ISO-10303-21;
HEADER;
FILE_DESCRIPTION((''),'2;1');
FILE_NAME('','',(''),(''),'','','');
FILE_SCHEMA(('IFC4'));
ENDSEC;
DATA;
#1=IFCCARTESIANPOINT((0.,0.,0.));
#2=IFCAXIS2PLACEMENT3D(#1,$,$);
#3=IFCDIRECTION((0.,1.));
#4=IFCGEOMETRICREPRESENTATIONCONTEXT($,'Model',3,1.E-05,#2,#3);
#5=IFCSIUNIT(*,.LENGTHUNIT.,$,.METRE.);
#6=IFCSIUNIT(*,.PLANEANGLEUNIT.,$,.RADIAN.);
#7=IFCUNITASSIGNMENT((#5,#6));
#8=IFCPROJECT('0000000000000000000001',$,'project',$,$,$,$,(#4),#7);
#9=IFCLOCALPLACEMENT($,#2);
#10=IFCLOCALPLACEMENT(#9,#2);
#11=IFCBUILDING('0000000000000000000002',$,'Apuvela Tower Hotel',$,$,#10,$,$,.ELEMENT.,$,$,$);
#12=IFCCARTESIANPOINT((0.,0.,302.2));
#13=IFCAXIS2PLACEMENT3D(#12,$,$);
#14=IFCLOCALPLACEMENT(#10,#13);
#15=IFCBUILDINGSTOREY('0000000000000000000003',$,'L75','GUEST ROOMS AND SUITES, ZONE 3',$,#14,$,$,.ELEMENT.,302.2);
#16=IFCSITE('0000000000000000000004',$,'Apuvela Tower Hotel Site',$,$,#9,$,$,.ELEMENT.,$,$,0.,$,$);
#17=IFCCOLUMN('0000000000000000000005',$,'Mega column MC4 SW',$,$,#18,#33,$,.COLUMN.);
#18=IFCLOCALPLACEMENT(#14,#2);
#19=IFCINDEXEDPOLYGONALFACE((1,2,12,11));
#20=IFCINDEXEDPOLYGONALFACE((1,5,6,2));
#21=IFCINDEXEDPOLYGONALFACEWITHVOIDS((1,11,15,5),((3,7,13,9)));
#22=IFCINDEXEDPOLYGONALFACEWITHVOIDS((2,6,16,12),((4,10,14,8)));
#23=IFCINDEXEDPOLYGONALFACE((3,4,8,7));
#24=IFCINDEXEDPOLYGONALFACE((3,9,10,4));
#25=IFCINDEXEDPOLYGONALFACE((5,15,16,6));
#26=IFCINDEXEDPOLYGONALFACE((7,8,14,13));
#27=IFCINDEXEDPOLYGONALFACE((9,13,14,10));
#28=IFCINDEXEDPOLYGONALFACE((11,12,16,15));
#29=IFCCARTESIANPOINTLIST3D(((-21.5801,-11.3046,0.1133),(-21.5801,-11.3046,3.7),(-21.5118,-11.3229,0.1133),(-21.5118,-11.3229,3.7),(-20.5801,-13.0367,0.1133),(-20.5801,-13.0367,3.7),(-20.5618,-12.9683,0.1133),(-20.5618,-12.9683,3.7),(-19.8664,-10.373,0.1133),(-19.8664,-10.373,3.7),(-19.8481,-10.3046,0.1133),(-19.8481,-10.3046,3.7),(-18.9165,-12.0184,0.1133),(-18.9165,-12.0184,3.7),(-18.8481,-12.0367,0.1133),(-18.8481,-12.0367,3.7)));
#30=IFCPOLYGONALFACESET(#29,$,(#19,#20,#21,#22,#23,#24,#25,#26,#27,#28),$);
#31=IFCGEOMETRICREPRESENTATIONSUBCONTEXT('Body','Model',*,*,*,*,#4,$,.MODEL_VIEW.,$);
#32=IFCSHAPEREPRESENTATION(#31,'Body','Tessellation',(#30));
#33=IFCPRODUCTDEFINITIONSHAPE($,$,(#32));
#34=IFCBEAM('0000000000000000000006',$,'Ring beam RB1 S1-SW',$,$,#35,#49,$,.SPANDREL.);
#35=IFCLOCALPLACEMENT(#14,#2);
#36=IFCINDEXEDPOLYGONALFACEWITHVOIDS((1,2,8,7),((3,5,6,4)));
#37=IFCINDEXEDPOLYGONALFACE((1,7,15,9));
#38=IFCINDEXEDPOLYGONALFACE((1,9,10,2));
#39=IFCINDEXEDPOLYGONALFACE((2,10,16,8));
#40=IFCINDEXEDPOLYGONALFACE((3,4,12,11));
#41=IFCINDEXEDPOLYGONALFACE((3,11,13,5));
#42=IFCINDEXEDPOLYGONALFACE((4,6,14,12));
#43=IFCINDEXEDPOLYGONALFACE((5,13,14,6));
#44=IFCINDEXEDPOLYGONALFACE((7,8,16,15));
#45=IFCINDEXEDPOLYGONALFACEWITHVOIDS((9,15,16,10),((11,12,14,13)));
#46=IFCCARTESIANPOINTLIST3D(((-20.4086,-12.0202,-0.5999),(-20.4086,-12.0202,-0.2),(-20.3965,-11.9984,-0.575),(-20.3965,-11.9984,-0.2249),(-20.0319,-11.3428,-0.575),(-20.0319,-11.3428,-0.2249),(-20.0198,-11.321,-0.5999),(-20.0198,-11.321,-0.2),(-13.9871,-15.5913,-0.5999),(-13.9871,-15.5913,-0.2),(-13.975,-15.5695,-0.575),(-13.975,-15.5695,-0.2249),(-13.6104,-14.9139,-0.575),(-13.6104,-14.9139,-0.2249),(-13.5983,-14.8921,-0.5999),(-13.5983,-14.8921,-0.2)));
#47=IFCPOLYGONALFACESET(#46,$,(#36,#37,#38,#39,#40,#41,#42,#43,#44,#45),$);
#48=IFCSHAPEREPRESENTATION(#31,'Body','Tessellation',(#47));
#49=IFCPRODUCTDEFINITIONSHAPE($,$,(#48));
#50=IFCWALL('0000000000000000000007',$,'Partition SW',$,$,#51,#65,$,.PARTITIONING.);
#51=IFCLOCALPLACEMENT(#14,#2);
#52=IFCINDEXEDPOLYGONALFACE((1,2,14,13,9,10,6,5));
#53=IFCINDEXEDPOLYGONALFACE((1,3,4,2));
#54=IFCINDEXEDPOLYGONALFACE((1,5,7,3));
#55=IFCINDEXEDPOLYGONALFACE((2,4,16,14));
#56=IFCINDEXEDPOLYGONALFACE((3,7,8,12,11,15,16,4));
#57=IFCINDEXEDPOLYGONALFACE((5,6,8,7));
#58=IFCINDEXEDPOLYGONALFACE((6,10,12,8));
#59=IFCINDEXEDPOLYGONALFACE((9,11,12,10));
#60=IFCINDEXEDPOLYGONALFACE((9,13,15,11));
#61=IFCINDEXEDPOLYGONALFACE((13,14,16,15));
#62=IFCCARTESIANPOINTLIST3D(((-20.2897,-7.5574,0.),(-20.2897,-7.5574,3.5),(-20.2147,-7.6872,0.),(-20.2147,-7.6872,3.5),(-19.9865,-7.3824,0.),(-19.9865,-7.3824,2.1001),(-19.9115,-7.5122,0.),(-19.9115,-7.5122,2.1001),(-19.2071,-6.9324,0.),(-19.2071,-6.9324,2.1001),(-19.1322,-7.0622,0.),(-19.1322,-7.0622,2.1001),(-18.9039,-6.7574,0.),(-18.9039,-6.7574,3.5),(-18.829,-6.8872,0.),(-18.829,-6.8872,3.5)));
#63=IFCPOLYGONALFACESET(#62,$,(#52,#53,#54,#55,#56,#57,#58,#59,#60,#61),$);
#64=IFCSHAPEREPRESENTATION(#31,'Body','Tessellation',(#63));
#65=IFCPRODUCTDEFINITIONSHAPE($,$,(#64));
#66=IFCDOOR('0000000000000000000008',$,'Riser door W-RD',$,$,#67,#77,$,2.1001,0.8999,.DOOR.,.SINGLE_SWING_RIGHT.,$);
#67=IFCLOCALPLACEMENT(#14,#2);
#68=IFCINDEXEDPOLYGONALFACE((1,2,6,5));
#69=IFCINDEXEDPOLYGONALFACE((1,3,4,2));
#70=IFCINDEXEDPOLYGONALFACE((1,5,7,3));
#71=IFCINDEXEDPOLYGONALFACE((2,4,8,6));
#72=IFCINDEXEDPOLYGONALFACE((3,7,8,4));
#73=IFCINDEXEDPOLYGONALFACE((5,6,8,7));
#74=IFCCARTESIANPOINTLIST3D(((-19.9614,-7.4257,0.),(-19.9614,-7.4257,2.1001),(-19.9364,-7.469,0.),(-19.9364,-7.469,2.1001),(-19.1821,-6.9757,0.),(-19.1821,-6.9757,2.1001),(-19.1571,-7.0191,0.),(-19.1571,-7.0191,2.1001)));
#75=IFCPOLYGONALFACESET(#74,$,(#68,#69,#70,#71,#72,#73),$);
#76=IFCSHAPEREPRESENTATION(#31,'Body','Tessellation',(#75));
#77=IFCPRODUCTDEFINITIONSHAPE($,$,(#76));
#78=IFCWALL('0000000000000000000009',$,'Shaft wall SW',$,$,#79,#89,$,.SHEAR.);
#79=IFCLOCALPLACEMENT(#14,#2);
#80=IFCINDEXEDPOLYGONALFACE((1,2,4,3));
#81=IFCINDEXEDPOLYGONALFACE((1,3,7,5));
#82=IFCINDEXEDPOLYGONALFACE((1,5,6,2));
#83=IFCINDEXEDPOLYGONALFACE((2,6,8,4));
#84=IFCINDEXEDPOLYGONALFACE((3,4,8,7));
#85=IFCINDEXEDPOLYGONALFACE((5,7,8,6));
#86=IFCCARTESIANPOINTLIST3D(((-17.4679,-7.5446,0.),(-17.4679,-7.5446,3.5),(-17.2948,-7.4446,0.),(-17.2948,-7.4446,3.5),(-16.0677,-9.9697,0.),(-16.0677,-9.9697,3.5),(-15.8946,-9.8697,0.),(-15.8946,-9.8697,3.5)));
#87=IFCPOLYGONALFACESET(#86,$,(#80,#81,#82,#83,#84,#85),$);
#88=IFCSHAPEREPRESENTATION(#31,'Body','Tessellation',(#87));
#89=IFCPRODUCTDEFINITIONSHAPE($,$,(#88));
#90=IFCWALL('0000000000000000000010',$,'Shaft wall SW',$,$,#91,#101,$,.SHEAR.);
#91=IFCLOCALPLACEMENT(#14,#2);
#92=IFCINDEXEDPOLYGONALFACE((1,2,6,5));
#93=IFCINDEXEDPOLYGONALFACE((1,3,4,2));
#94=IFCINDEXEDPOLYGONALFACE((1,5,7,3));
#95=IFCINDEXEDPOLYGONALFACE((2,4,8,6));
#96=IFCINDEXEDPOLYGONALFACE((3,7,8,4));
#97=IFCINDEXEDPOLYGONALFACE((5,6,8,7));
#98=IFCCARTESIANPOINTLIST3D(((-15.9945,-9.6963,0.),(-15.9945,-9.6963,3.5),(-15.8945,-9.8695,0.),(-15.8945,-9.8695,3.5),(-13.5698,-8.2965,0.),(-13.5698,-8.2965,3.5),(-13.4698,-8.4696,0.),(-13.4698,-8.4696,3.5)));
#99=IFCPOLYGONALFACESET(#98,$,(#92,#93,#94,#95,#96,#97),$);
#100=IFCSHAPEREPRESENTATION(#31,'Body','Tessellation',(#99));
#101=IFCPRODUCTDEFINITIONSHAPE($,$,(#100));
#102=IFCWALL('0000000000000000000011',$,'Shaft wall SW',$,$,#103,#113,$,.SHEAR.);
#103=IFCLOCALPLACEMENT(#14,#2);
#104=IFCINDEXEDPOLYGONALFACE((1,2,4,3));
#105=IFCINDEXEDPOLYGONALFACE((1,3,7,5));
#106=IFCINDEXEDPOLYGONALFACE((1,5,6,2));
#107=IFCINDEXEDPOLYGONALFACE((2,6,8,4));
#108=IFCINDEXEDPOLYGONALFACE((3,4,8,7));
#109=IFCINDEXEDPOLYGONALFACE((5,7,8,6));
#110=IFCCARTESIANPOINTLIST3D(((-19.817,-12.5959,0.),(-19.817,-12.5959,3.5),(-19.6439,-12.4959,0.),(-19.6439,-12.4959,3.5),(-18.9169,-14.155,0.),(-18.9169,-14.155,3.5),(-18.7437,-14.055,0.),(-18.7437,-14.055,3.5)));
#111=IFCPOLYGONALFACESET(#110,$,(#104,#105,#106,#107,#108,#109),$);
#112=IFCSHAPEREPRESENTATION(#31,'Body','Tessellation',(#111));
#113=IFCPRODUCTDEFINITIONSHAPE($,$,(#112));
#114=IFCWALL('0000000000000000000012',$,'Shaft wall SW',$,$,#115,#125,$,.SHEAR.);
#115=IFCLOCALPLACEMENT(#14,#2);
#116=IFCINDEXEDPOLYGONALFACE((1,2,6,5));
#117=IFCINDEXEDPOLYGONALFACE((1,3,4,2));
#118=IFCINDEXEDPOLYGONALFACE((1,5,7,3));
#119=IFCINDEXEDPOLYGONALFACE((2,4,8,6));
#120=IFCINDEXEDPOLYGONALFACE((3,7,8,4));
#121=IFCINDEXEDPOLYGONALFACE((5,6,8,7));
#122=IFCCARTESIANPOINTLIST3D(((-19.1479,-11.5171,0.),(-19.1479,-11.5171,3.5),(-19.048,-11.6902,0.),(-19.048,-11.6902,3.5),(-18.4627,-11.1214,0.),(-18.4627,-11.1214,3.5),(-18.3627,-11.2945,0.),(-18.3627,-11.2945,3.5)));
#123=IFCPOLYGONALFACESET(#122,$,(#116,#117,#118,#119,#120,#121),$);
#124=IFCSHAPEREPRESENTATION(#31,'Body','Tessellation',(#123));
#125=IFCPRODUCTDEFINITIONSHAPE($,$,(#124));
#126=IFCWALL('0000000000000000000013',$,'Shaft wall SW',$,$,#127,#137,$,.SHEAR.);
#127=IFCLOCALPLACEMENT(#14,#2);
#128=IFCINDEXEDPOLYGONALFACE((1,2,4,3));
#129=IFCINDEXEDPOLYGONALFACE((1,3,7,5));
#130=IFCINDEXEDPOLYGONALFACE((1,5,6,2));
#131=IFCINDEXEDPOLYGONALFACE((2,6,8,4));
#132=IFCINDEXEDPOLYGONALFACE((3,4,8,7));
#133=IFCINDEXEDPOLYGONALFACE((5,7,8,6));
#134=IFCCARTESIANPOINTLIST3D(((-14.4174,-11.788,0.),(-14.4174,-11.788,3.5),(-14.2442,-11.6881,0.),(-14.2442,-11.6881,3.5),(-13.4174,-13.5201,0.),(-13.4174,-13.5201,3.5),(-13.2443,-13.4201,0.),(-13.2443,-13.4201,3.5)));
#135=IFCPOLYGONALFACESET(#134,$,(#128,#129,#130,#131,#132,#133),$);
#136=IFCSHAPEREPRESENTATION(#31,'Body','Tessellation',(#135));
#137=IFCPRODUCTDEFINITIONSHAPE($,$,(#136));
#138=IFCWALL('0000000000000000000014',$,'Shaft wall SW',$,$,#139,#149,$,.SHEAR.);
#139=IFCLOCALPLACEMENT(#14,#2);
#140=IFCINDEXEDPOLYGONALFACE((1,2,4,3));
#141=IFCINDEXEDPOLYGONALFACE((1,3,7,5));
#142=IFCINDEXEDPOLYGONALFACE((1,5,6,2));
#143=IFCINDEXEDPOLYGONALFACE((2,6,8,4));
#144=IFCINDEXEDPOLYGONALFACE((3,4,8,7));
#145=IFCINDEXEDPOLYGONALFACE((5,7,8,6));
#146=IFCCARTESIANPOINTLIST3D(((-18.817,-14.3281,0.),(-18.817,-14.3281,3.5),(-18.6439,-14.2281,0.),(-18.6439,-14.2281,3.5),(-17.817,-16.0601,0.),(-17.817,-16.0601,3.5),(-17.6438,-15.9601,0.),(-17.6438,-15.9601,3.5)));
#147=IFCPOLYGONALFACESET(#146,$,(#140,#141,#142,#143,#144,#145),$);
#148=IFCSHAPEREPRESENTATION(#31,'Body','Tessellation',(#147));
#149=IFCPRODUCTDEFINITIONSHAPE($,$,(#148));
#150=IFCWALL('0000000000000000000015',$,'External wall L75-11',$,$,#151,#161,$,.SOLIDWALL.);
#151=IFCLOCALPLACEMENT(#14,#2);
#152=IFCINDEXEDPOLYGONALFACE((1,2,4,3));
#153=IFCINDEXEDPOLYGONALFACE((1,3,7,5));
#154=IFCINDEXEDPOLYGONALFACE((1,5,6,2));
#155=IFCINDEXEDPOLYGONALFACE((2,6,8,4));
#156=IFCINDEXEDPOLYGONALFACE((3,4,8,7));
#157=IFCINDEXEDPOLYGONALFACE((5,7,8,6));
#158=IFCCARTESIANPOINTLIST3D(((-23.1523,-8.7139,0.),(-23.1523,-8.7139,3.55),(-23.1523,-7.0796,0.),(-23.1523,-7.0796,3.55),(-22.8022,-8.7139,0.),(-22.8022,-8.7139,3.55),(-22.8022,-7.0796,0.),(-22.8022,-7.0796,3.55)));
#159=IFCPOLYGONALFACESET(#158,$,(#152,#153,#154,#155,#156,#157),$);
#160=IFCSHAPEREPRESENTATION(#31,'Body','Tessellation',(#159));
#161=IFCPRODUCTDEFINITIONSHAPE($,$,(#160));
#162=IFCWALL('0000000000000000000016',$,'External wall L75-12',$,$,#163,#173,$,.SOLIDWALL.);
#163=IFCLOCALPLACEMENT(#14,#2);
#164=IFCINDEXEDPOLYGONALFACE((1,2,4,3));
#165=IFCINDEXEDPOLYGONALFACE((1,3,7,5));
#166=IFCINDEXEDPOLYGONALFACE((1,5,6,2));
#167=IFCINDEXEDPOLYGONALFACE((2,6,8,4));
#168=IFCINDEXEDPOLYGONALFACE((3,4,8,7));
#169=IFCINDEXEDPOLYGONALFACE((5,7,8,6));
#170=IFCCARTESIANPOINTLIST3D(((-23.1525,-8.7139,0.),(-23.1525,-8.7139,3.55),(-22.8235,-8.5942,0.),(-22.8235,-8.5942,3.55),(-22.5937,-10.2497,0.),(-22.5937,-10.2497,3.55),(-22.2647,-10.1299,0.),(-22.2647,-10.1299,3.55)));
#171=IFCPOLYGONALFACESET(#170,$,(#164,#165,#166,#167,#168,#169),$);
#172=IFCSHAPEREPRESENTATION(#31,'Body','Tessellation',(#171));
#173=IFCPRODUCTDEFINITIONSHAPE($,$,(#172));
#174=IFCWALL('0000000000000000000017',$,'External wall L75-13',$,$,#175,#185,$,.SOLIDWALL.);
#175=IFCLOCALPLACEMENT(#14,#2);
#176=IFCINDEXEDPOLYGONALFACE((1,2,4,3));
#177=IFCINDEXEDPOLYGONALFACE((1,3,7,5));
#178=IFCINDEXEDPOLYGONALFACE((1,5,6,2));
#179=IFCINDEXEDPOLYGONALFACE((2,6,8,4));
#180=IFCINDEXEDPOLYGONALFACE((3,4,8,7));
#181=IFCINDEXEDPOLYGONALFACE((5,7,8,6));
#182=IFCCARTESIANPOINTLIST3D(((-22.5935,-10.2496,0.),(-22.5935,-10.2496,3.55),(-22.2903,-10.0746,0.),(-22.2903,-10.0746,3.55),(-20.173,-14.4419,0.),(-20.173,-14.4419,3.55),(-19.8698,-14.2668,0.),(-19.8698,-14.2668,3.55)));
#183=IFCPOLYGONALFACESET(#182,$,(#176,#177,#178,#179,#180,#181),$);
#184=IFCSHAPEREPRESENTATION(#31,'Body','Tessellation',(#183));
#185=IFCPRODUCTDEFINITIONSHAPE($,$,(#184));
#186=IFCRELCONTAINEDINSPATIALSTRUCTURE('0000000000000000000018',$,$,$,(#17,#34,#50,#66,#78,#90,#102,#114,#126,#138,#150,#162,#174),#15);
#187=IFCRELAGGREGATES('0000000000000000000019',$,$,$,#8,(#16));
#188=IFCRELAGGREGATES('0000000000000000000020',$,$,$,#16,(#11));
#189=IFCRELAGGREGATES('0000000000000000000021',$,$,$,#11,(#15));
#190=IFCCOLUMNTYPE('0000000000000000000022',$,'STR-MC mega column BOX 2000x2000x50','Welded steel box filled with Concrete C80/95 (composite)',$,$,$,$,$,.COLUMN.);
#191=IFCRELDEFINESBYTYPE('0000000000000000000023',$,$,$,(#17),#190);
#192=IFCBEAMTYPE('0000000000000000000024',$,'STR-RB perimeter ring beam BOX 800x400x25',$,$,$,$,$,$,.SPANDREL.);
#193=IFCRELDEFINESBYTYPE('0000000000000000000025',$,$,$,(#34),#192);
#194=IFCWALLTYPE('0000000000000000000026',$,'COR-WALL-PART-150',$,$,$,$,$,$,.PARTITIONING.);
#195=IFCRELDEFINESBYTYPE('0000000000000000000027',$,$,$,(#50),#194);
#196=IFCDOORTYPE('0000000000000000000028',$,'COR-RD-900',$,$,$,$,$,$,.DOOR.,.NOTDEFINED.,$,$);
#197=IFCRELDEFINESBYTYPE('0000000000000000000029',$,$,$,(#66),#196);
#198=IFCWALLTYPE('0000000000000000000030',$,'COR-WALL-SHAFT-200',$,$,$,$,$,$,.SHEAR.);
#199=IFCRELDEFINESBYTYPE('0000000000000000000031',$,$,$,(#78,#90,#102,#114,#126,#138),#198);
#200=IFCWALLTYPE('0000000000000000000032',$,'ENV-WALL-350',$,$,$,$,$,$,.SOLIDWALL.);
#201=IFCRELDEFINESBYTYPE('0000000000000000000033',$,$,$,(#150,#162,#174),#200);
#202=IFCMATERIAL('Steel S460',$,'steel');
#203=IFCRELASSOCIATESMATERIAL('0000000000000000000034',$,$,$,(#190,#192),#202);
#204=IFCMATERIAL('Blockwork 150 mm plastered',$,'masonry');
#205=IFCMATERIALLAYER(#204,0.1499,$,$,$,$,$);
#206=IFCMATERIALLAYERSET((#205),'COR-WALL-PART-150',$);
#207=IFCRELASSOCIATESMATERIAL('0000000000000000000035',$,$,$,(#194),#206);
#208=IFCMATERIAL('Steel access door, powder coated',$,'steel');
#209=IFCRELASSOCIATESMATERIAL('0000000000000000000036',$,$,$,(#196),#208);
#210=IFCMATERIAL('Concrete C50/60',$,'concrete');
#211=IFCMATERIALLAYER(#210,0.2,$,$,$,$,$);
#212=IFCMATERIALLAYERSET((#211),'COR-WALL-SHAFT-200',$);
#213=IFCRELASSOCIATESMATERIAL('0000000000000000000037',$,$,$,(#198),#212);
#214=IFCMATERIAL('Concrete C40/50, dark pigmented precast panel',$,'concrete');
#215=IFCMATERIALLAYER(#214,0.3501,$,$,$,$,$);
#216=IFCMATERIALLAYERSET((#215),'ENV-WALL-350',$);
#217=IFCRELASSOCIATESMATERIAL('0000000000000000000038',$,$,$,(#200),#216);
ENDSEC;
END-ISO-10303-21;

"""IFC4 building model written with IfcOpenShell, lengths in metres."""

from ifc_helpers import new_model, si_unit, direction, frame, frame_2d, origin, origin_2d, place, context, subcontext, project, spatial, rectangle, hollow_rectangle, extrude, boolean, halfspace, material, layer, layer_set, material_profile, profile_set, type_object, element, fill, save


model = new_model("IFC4")

# Units and contexts
model_context = context("Model", 3, precision=1e-05, world=origin(), true_north=direction((0.0, 1.0)))
body_context = subcontext(model_context, "Body", "Model", "MODEL_VIEW")
ifc_project = project(units=[si_unit("LENGTHUNIT", "METRE"), si_unit("PLANEANGLEUNIT", "RADIAN")], contexts=[model_context])

# Site, building, storey
site_placement = place(None, origin())
site = spatial("IfcSite", under=ifc_project, at=site_placement, Name="Apuvela Tower Hotel Site", CompositionType="ELEMENT", RefElevation=0.0)
building_placement = place(site_placement, origin())
building = spatial("IfcBuilding", under=site, at=building_placement, Name="Apuvela Tower Hotel", CompositionType="ELEMENT")
storey_placement = place(building_placement, frame((0.0, 0.0, 302.2)))
storey = spatial("IfcBuildingStorey", under=building, at=storey_placement, Name="L75", Description="GUEST ROOMS AND SUITES, ZONE 3", CompositionType="ELEMENT", Elevation=302.2)

# Column
ifc_material_1 = material(Name="Steel S460", Category="steel")
ifc_material_profile_1 = material_profile(ifc_material_1, hollow_rectangle(XDim=2.0, YDim=2.0, WallThickness=0.05, at=origin_2d()), Name="BOX 2000x2000x50")
ifc_material_2 = material(Name="Concrete C80/95", Category="concrete")
ifc_material_profile_2 = material_profile(ifc_material_2, rectangle(XDim=1.8999, YDim=1.8999, at=origin_2d()), Name="Concrete C80/95 infill")
ifc_profile_set_1 = profile_set([ifc_material_profile_1, ifc_material_profile_2], Name="Steel S460")
column_type = type_object("IfcColumnType", Name="STR-MC mega column BOX 2000x2000x50", Description="Welded steel box filled with Concrete C80/95 (composite)", PredefinedType="COLUMN", material=ifc_profile_set_1)
column_placement = place(storey_placement, frame((-20.2141, -11.6707, 0.0), z_axis=(0.0, 0.0, 1.0), x_axis=(-0.5, 0.866025, 0.0)))
element("IfcColumn", 1, at=column_placement, inside=storey, type_object=column_type, Name="Mega column MC4 SW", PredefinedType="COLUMN", context=body_context, shape_type="SweptSolid", body=[
    boolean("DIFFERENCE", extrude(hollow_rectangle(XDim=2.0, YDim=2.0, WallThickness=0.05, at=origin_2d()), origin(), (0.0, 0.0, 1.0), 3.7), halfspace(frame((0.0, 0.0, 0.1133), z_axis=(0.0, 0.0, 1.0), x_axis=(1.0, 0.0, 0.0)), True)),
])

# Beam
ifc_material_profile_3 = material_profile(ifc_material_1, hollow_rectangle(XDim=0.8, YDim=0.3999, WallThickness=0.0249, at=origin_2d()), Name="BOX 800x400x25")
ifc_profile_set_2 = profile_set([ifc_material_profile_3], Name="Steel S460")
beam_type = type_object("IfcBeamType", Name="STR-RB perimeter ring beam BOX 800x400x25", PredefinedType="SPANDREL", material=ifc_profile_set_2)
beam_placement = place(storey_placement, frame((-13.7927, -15.2417, -0.3999), z_axis=(-0.873949, 0.486018, 0.0), x_axis=(-0.486018, -0.873949, 0.0)))
element("IfcBeam", 2, at=beam_placement, inside=storey, type_object=beam_type, Name="Ring beam RB1 S1-SW", PredefinedType="SPANDREL", context=body_context, shape_type="SweptSolid", body=[
    extrude(hollow_rectangle(XDim=0.8, YDim=0.3999, WallThickness=0.0249, at=origin_2d()), origin(), (0.0, 0.0, 1.0), 7.3477),
])

# Wall, opening, door
ifc_material_3 = material(Name="Blockwork 150 mm plastered", Category="masonry")
ifc_layer_1 = layer(ifc_material_3, 0.1499)
ifc_layer_set_1 = layer_set([ifc_layer_1], Name="COR-WALL-PART-150")
wall_type_1 = type_object("IfcWallType", Name="COR-WALL-PART-150", PredefinedType="PARTITIONING", material=ifc_layer_set_1)
wall_1_placement = place(storey_placement, frame((-18.8665, -6.8223, 0.0), z_axis=(0.0, 0.0, 1.0), x_axis=(-0.866028, -0.499995, 0.0)))
wall_1 = element("IfcWall", 3, at=wall_1_placement, inside=storey, type_object=wall_type_1, Name="Partition SW", PredefinedType="PARTITIONING", context=body_context, shape_type="SweptSolid", body=[
    extrude(rectangle(XDim=1.6001, YDim=0.1499, at=frame_2d((0.8, 0.0))), origin(), (0.0, 0.0, 1.0), 3.5),
])
opening_1_placement = place(wall_1_placement, frame((0.3501, 0.0, 0.0)))
opening_1 = element("IfcOpeningElement", 4, at=opening_1_placement, cuts=wall_1, PredefinedType="OPENING", context=body_context, shape_type="SweptSolid", body=[
    extrude(rectangle(XDim=0.8999, YDim=2.1001, at=frame_2d((0.45, 1.05))), frame((0.0, 0.085, 0.0), z_axis=(0.0, -1.0, 0.0), x_axis=(1.0, 0.0, 0.0)), (0.0, 0.0, 1.0), 0.1699),
])
ifc_material_4 = material(Name="Steel access door, powder coated", Category="steel")
door_type_1 = type_object("IfcDoorType", Name="COR-RD-900", OperationType="NOTDEFINED", PredefinedType="DOOR", material=ifc_material_4)
door_1_placement = place(opening_1_placement, frame((0.8999, 0.0, 0.0), z_axis=(0.0, 0.0, 1.0), x_axis=(-1.0, 0.0, 0.0)))
door_1 = element("IfcDoor", 5, at=door_1_placement, inside=storey, type_object=door_type_1, Name="Riser door W-RD", OperationType="SINGLE_SWING_RIGHT", OverallHeight=2.1001, OverallWidth=0.8999, PredefinedType="DOOR", context=body_context, shape_type="SweptSolid", body=[
    extrude(rectangle(XDim=0.8999, YDim=2.1001, at=frame_2d((0.45, 1.05))), frame((0.0, 0.0249, 0.0), z_axis=(0.0, -1.0, 0.0), x_axis=(1.0, 0.0, 0.0)), (0.0, 0.0, 1.0), 0.05),
])
fill(opening_1, door_1)

# Walls
ifc_material_5 = material(Name="Concrete C50/60", Category="concrete")
ifc_layer_2 = layer(ifc_material_5, 0.2)
ifc_layer_set_2 = layer_set([ifc_layer_2], Name="COR-WALL-SHAFT-200")
wall_type_2 = type_object("IfcWallType", Name="COR-WALL-SHAFT-200", PredefinedType="SHEAR", material=ifc_layer_set_2)
wall_2_placement = place(storey_placement, frame((-17.3813, -7.4946, 0.0), z_axis=(0.0, 0.0, 1.0), x_axis=(0.500012, -0.866019, 0.0)))
element("IfcWall", 6, at=wall_2_placement, inside=storey, type_object=wall_type_2, Name="Shaft wall SW", PredefinedType="SHEAR", context=body_context, shape_type="SweptSolid", body=[
    extrude(rectangle(XDim=2.8003, YDim=0.2, at=frame_2d((1.4001, 0.0))), origin(), (0.0, 0.0, 1.0), 3.5),
])
wall_3_placement = place(storey_placement, frame((-13.5198, -8.3831, 0.0), z_axis=(0.0, 0.0, 1.0), x_axis=(-0.866035, -0.499984, 0.0)))
element("IfcWall", 7, at=wall_3_placement, inside=storey, type_object=wall_type_2, Name="Shaft wall SW", PredefinedType="SHEAR", context=body_context, shape_type="SweptSolid", body=[
    extrude(rectangle(XDim=2.7998, YDim=0.2, at=frame_2d((1.3999, 0.0))), origin(), (0.0, 0.0, 1.0), 3.5),
])
wall_4_placement = place(storey_placement, frame((-19.7305, -12.5459, 0.0), z_axis=(0.0, 0.0, 1.0), x_axis=(0.500004, -0.866023, 0.0)))
element("IfcWall", 8, at=wall_4_placement, inside=storey, type_object=wall_type_2, Name="Shaft wall SW", PredefinedType="SHEAR", context=body_context, shape_type="SweptSolid", body=[
    extrude(rectangle(XDim=1.8003, YDim=0.2, at=frame_2d((0.9001, 0.0))), origin(), (0.0, 0.0, 1.0), 3.5),
])
wall_5_placement = place(storey_placement, frame((-18.4128, -11.208, 0.0), z_axis=(0.0, 0.0, 1.0), x_axis=(-0.865975, -0.500087, 0.0)))
element("IfcWall", 9, at=wall_5_placement, inside=storey, type_object=wall_type_2, Name="Shaft wall SW", PredefinedType="SHEAR", context=body_context, shape_type="SweptSolid", body=[
    extrude(rectangle(XDim=0.7913, YDim=0.2, at=frame_2d((0.3955, 0.0))), origin(), (0.0, 0.0, 1.0), 3.5),
])
for number, where, z_axis, x_axis, name in (
    (10, (-14.3308, -11.738, 0.0), (0.0, 0.0, 1.0), (0.499973, -0.866041, 0.0), "Shaft wall SW"),
    (11, (-18.7305, -14.2781, 0.0), (0.0, 0.0, 1.0), (0.500025, -0.866011, 0.0), "Shaft wall SW"),
):
    element("IfcWall", number, at=place(storey_placement, frame(where, z_axis=z_axis, x_axis=x_axis)), inside=storey, type_object=wall_type_2, Name=name, PredefinedType="SHEAR", context=body_context, shape_type="SweptSolid", body=[
        extrude(rectangle(XDim=2.0, YDim=0.2, at=frame_2d((1.0, 0.0))), origin(), (0.0, 0.0, 1.0), 3.5),
    ])
ifc_material_6 = material(Name="Concrete C40/50, dark pigmented precast panel", Category="concrete")
ifc_layer_3 = layer(ifc_material_6, 0.3501)
ifc_layer_set_3 = layer_set([ifc_layer_3], Name="ENV-WALL-350")
wall_type_3 = type_object("IfcWallType", Name="ENV-WALL-350", PredefinedType="SOLIDWALL", material=ifc_layer_set_3)
for number, where, z_axis, x_axis, name in (
    (12, (-22.9773, -7.0796, 0.0), (0.0, 0.0, 1.0), (0.0, -1.0, 0.0), "External wall L75-11"),
    (13, (-22.988, -8.6541, 0.0), (0.0, 0.0, 1.0), (0.341971, -0.939711, 0.0), "External wall L75-12"),
):
    element("IfcWall", number, at=place(storey_placement, frame(where, z_axis=z_axis, x_axis=x_axis)), inside=storey, type_object=wall_type_3, Name=name, PredefinedType="SOLIDWALL", context=body_context, shape_type="SweptSolid", body=[
        extrude(rectangle(XDim=1.6343, YDim=0.3501, at=frame_2d((0.8171, 0.0))), origin(), (0.0, 0.0, 1.0), 3.55),
    ])
wall_6_placement = place(storey_placement, frame((-22.4419, -10.1621, 0.0), z_axis=(0.0, 0.0, 1.0), x_axis=(0.500012, -0.866018, 0.0)))
element("IfcWall", 14, at=wall_6_placement, inside=storey, type_object=wall_type_3, Name="External wall L75-13", PredefinedType="SOLIDWALL", context=body_context, shape_type="SweptSolid", body=[
    extrude(rectangle(XDim=4.8408, YDim=0.3501, at=frame_2d((2.4204, 0.0))), origin(), (0.0, 0.0, 1.0), 3.55),
])

save(model, "model.ifc")
